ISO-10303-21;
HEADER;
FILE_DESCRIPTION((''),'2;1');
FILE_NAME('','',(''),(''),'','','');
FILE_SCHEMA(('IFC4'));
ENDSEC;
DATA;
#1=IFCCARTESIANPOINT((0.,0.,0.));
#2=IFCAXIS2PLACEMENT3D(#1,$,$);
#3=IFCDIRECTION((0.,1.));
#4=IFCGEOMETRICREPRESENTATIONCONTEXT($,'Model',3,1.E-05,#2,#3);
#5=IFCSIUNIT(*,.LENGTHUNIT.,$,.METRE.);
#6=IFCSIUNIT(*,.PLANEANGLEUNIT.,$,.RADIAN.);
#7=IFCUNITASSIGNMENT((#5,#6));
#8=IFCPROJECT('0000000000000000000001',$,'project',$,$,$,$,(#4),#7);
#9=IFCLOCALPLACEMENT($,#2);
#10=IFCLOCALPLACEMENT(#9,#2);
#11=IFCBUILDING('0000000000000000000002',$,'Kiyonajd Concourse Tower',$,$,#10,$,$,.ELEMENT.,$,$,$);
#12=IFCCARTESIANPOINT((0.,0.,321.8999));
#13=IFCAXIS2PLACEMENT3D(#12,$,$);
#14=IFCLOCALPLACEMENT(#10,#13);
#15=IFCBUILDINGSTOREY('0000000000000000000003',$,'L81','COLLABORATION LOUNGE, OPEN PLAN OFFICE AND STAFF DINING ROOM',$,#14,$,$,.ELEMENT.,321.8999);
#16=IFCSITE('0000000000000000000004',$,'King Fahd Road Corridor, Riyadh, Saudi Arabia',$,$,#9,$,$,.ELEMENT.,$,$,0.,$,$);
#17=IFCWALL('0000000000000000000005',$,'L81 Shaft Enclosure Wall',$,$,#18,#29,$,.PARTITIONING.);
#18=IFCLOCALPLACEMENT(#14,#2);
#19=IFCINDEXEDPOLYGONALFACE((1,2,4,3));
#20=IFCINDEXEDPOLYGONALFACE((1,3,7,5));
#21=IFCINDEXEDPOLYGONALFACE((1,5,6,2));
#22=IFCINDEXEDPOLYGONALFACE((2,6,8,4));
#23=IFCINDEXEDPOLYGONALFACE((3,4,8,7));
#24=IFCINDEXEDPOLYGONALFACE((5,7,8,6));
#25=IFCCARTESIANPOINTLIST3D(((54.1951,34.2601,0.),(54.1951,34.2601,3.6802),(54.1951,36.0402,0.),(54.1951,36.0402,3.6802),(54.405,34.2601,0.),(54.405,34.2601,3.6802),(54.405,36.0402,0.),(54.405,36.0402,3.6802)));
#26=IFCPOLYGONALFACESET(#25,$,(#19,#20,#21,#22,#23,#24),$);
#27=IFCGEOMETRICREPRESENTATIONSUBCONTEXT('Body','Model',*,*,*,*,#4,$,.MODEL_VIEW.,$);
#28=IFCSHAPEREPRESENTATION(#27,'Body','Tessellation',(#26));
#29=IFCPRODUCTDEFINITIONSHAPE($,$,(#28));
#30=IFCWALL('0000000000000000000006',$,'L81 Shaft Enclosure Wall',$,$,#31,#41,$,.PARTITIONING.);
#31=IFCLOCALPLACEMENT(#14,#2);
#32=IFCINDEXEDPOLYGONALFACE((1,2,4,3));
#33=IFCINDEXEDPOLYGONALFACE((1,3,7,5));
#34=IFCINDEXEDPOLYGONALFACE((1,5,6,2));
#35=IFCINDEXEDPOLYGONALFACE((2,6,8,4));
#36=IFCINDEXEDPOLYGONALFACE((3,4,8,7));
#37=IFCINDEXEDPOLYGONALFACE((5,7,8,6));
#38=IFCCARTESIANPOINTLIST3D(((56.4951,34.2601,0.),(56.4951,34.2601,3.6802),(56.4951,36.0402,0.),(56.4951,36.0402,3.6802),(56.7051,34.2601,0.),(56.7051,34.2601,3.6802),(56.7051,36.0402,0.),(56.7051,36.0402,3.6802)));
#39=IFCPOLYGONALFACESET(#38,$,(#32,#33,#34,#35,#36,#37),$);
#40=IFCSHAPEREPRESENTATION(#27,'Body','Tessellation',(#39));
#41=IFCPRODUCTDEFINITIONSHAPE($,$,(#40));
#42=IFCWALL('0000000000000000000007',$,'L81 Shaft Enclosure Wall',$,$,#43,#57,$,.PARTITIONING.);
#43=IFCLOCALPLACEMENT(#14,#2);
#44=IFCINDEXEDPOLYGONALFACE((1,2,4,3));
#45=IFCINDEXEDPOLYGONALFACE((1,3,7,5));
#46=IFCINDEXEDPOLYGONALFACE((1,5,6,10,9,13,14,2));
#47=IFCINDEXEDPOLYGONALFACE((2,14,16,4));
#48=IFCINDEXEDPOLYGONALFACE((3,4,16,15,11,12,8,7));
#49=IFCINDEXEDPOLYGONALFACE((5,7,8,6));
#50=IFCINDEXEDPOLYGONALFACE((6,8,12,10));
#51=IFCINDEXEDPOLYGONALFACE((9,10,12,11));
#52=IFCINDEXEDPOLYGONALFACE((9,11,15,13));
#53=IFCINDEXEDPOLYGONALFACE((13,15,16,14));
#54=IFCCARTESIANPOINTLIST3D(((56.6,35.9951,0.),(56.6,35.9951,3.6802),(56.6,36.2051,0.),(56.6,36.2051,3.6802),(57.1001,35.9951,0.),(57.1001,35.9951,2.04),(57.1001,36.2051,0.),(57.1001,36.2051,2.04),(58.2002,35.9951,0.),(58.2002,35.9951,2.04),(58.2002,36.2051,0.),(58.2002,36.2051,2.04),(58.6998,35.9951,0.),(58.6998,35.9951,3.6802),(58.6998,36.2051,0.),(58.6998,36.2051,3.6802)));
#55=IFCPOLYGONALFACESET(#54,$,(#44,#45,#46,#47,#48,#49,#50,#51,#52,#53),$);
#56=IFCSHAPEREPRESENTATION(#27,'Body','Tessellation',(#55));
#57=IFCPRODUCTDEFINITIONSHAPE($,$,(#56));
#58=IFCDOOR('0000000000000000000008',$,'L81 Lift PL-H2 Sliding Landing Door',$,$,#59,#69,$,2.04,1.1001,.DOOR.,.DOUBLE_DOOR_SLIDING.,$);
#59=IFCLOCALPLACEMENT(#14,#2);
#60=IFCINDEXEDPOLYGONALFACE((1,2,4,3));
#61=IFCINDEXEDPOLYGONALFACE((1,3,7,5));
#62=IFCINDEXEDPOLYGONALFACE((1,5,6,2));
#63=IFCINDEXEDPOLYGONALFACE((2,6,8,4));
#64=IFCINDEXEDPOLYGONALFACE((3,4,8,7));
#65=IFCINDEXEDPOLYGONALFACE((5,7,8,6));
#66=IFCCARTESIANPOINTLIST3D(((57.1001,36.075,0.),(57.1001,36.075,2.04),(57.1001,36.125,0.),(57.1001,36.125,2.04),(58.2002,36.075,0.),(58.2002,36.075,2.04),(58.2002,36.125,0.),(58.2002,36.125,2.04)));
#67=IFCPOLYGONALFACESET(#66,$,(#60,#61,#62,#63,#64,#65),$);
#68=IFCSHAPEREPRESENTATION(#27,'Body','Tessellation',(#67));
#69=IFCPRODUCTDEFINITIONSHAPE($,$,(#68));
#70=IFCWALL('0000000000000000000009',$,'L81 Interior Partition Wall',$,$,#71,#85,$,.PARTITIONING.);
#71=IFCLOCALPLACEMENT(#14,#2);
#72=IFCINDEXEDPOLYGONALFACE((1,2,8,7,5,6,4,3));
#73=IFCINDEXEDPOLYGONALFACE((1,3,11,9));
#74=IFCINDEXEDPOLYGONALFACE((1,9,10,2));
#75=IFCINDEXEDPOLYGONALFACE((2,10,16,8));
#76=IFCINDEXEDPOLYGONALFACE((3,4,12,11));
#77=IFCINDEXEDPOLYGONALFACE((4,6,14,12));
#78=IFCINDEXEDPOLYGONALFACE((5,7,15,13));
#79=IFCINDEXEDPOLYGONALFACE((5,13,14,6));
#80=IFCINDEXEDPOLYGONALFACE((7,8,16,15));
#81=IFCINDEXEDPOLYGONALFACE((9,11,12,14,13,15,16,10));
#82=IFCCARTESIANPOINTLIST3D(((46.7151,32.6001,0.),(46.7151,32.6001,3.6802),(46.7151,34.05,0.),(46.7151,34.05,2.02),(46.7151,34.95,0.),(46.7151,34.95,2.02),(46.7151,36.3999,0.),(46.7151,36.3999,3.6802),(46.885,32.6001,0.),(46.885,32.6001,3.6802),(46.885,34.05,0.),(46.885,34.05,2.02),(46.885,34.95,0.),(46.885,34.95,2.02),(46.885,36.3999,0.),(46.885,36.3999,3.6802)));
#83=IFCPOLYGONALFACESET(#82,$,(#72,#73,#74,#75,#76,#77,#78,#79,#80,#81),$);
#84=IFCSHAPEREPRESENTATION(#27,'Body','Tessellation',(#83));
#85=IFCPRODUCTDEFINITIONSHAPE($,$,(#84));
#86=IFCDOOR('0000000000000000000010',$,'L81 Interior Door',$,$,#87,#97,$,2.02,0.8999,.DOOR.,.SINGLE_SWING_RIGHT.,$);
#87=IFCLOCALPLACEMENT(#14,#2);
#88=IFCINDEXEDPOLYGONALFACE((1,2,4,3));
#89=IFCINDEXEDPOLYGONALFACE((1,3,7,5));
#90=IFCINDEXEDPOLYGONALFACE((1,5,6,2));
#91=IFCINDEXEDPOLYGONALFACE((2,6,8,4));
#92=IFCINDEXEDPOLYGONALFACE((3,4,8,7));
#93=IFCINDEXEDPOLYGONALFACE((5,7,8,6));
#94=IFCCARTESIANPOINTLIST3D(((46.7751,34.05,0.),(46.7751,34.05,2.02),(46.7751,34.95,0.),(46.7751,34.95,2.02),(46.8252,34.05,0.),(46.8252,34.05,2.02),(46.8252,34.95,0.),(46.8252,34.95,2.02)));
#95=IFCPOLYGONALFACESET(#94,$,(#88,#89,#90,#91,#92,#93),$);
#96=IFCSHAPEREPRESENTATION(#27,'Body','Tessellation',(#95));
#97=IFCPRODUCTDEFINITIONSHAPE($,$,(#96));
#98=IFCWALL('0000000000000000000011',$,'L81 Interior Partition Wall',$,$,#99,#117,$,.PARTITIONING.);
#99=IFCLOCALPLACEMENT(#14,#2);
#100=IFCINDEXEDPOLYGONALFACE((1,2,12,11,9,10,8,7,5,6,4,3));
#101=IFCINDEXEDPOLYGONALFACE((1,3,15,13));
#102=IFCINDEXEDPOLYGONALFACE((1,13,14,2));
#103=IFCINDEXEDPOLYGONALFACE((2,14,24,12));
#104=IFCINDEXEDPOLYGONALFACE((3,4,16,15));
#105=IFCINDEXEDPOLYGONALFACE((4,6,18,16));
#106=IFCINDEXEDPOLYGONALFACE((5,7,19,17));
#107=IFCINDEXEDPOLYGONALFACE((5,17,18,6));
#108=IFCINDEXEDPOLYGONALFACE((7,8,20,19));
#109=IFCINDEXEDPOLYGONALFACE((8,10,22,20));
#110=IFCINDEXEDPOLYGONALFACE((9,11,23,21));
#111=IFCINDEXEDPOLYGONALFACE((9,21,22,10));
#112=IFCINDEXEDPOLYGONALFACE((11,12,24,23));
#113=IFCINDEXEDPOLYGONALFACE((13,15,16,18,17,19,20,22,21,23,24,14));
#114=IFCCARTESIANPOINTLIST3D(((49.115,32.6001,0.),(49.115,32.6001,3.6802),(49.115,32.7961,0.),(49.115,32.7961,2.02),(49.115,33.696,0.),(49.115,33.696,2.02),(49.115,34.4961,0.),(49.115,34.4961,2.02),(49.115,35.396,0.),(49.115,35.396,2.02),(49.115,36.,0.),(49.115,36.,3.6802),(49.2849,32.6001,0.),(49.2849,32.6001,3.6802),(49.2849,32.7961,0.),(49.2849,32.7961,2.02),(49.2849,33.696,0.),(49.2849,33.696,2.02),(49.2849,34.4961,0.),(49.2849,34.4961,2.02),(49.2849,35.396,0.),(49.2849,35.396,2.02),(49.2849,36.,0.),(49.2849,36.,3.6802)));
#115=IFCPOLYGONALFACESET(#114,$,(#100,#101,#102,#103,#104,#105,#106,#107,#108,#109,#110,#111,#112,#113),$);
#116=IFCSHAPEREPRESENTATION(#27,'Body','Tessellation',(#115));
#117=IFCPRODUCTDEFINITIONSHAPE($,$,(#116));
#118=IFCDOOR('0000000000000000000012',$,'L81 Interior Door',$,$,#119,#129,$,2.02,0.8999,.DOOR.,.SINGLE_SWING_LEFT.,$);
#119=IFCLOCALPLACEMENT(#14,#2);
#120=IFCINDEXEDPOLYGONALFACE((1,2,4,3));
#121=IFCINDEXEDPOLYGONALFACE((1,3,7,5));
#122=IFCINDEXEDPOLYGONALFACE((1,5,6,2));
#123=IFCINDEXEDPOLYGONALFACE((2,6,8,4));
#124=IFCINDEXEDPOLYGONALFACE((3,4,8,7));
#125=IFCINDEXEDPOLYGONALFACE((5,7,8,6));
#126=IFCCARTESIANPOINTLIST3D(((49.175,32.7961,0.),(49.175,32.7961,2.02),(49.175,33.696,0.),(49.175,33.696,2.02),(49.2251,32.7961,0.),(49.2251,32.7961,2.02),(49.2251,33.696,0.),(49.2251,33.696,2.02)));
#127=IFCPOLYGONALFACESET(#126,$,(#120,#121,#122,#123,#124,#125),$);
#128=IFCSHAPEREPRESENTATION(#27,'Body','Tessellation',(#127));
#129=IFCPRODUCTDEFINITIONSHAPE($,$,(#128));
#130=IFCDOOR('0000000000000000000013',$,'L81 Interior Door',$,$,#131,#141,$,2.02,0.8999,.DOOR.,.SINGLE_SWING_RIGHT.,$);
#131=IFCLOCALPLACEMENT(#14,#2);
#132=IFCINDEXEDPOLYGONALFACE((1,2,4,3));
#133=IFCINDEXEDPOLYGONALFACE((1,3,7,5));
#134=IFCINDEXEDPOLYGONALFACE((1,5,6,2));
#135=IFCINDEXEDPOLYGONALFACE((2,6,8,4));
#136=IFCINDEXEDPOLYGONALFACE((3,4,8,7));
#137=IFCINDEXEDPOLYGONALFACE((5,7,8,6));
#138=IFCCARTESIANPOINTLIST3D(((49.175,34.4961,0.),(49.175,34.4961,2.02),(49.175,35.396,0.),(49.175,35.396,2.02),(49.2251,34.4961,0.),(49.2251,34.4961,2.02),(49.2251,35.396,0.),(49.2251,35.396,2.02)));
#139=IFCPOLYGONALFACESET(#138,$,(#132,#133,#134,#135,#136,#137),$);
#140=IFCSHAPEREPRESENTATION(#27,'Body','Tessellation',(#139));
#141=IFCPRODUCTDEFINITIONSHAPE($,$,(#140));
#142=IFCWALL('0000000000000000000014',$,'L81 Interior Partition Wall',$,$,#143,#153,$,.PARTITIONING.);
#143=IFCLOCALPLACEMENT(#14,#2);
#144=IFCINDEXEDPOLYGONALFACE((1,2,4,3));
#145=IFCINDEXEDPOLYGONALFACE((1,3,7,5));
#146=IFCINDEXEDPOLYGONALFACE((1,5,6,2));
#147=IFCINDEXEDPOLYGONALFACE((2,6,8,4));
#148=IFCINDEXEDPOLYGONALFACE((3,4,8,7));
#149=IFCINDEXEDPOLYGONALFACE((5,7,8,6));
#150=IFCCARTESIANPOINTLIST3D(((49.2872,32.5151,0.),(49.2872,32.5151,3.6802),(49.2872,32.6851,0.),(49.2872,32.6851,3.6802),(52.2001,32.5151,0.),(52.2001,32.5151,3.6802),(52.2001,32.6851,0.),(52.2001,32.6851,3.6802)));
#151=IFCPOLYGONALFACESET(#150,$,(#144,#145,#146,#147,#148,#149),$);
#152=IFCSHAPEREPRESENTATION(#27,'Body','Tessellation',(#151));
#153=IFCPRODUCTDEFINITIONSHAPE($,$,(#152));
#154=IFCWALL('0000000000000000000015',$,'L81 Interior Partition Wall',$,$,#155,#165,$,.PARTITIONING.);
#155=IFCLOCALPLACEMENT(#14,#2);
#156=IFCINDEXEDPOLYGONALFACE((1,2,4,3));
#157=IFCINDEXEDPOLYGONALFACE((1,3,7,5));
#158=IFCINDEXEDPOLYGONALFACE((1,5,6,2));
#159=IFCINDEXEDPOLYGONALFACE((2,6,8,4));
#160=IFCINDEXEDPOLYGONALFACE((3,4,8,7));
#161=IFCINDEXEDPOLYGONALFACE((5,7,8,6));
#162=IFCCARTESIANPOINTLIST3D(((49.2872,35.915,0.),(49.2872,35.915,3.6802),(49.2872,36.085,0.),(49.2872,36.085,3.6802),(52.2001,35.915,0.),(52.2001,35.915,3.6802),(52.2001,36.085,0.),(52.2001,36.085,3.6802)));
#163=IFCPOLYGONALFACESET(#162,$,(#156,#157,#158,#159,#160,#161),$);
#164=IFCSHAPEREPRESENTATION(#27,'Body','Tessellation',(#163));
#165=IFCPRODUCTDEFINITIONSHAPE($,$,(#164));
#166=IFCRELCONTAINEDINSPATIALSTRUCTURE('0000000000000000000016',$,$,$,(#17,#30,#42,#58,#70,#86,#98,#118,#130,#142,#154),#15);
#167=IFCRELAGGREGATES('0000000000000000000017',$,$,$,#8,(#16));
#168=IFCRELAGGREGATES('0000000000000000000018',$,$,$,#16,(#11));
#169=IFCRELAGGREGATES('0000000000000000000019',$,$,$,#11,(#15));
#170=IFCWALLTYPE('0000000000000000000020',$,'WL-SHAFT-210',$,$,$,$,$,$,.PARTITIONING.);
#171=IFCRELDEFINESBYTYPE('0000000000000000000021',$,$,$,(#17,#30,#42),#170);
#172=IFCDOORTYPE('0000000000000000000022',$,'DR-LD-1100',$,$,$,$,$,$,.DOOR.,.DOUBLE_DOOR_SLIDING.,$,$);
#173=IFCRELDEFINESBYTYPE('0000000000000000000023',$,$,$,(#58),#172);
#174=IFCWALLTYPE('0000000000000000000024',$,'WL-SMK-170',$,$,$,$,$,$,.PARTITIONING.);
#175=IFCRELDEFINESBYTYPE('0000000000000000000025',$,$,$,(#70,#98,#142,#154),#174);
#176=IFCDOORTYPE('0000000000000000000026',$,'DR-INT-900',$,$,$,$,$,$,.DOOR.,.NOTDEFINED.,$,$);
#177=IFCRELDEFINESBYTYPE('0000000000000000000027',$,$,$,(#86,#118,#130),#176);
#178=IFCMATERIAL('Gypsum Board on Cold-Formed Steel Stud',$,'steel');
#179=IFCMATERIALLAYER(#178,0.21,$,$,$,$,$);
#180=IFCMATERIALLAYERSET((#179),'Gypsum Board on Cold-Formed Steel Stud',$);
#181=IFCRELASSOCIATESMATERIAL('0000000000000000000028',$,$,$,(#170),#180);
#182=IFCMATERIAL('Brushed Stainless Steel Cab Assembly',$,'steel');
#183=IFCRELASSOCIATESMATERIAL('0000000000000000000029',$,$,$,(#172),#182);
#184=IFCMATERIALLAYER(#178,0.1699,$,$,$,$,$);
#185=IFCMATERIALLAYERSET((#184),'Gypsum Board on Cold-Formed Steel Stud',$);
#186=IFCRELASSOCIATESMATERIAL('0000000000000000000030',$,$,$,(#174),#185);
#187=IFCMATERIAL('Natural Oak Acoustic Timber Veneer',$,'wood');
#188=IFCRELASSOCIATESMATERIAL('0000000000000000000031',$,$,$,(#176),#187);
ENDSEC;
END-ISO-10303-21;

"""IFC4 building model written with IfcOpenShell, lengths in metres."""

from ifc_helpers import new_model, si_unit, direction, frame, frame_2d, origin, place, context, subcontext, project, spatial, rectangle, extrude, material, layer, layer_set, type_object, element, fill, save


model = new_model("IFC4")

# Units and contexts
model_context = context("Model", 3, precision=1e-05, world=origin(), true_north=direction((0.0, 1.0)))
body_context = subcontext(model_context, "Body", "Model", "MODEL_VIEW")
ifc_project = project(units=[si_unit("LENGTHUNIT", "METRE"), si_unit("PLANEANGLEUNIT", "RADIAN")], contexts=[model_context])

# Site, building, storey
site_placement = place(None, origin())
site = spatial("IfcSite", under=ifc_project, at=site_placement, Name="King Fahd Road Corridor, Riyadh, Saudi Arabia", CompositionType="ELEMENT", RefElevation=0.0)
building_placement = place(site_placement, origin())
building = spatial("IfcBuilding", under=site, at=building_placement, Name="Kiyonajd Concourse Tower", CompositionType="ELEMENT")
storey_placement = place(building_placement, frame((0.0, 0.0, 321.8999)))
storey = spatial("IfcBuildingStorey", under=building, at=storey_placement, Name="L81", Description="COLLABORATION LOUNGE, OPEN PLAN OFFICE AND STAFF DINING ROOM", CompositionType="ELEMENT", Elevation=321.8999)

# Shared definitions
ifc_material_1 = material(Name="Gypsum Board on Cold-Formed Steel Stud", Category="steel")

# Shared definitions
ifc_layer_1 = layer(ifc_material_1, 0.21)
ifc_layer_set_1 = layer_set([ifc_layer_1], Name="Gypsum Board on Cold-Formed Steel Stud")
wall_type_1 = type_object("IfcWallType", Name="WL-SHAFT-210", PredefinedType="PARTITIONING", material=ifc_layer_set_1)
ifc_material_2 = material(Name="Brushed Stainless Steel Cab Assembly", Category="steel")

# Shared definitions
door_type_1 = type_object("IfcDoorType", Name="DR-LD-1100", OperationType="DOUBLE_DOOR_SLIDING", PredefinedType="DOOR", material=ifc_material_2)

# Walls
for number, where, z_axis, x_axis, name in (
    (1, (54.3, 34.26, 0.0), (0.0, 0.0, 1.0), (0.0, 1.0, 0.0), "L81 Shaft Enclosure Wall"),
    (2, (56.6001, 34.26, 0.0), (0.0, 0.0, 1.0), (0.0, 1.0, 0.0), "L81 Shaft Enclosure Wall"),
):
    element("IfcWall", number, at=place(storey_placement, frame(where, z_axis=z_axis, x_axis=x_axis)), inside=storey, type_object=wall_type_1, Name=name, PredefinedType="PARTITIONING", context=body_context, shape_type="SweptSolid", body=[
        extrude(rectangle(XDim=1.78, YDim=0.21, at=frame_2d((0.8901, 0.0))), origin(), (0.0, 0.0, 1.0), 3.6802),
    ])

# Walls, openings, doors
wall_1_placement = place(storey_placement, frame((56.6001, 36.1001, 0.0), z_axis=(0.0, 0.0, 1.0), x_axis=(1.0, 0.0, 0.0)))
wall_1 = element("IfcWall", 3, at=wall_1_placement, inside=storey, type_object=wall_type_1, Name="L81 Shaft Enclosure Wall", PredefinedType="PARTITIONING", context=body_context, shape_type="SweptSolid", body=[
    extrude(rectangle(XDim=2.0999, YDim=0.21, at=frame_2d((1.0498, 0.0))), origin(), (0.0, 0.0, 1.0), 3.6802),
])
opening_1_placement = place(wall_1_placement, frame((0.5, 0.0, 0.0)))
opening_1 = element("IfcOpeningElement", 4, at=opening_1_placement, cuts=wall_1, PredefinedType="OPENING", context=body_context, shape_type="SweptSolid", body=[
    extrude(rectangle(XDim=1.1001, YDim=2.04, at=frame_2d((0.55, 1.02))), frame((0.0, 0.115, 0.0), z_axis=(0.0, -1.0, 0.0), x_axis=(1.0, 0.0, 0.0)), (0.0, 0.0, 1.0), 0.23),
])
door_1_placement = place(opening_1_placement, origin())
door_1 = element("IfcDoor", 5, at=door_1_placement, inside=storey, type_object=door_type_1, Name="L81 Lift PL-H2 Sliding Landing Door", OperationType="DOUBLE_DOOR_SLIDING", OverallHeight=2.04, OverallWidth=1.1001, PredefinedType="DOOR", context=body_context, shape_type="SweptSolid", body=[
    extrude(rectangle(XDim=1.1001, YDim=2.04, at=frame_2d((0.55, 1.02))), frame((0.0, 0.0249, 0.0), z_axis=(0.0, -1.0, 0.0), x_axis=(1.0, 0.0, 0.0)), (0.0, 0.0, 1.0), 0.05),
])
fill(opening_1, door_1)
ifc_layer_2 = layer(ifc_material_1, 0.1699)
ifc_layer_set_2 = layer_set([ifc_layer_2], Name="Gypsum Board on Cold-Formed Steel Stud")
wall_type_2 = type_object("IfcWallType", Name="WL-SMK-170", PredefinedType="PARTITIONING", material=ifc_layer_set_2)
wall_2_placement = place(storey_placement, frame((46.8, 32.6001, 0.0), z_axis=(0.0, 0.0, 1.0), x_axis=(0.0, 1.0, 0.0)))
wall_2 = element("IfcWall", 6, at=wall_2_placement, inside=storey, type_object=wall_type_2, Name="L81 Interior Partition Wall", PredefinedType="PARTITIONING", context=body_context, shape_type="SweptSolid", body=[
    extrude(rectangle(XDim=3.7998, YDim=0.1699, at=frame_2d((1.8999, 0.0))), origin(), (0.0, 0.0, 1.0), 3.6802),
])
opening_2_placement = place(wall_2_placement, frame((1.45, 0.0, 0.0)))
opening_2 = element("IfcOpeningElement", 7, at=opening_2_placement, cuts=wall_2, PredefinedType="OPENING", context=body_context, shape_type="SweptSolid", body=[
    extrude(rectangle(XDim=0.8999, YDim=2.02, at=frame_2d((0.45, 1.01))), frame((0.0, 0.095, 0.0), z_axis=(0.0, -1.0, 0.0), x_axis=(1.0, 0.0, 0.0)), (0.0, 0.0, 1.0), 0.1899),
])
ifc_material_3 = material(Name="Natural Oak Acoustic Timber Veneer", Category="wood")
door_type_2 = type_object("IfcDoorType", Name="DR-INT-900", OperationType="NOTDEFINED", PredefinedType="DOOR", material=ifc_material_3)
door_2_placement = place(opening_2_placement, origin())
door_2 = element("IfcDoor", 8, at=door_2_placement, inside=storey, type_object=door_type_2, Name="L81 Interior Door", OperationType="SINGLE_SWING_RIGHT", OverallHeight=2.02, OverallWidth=0.8999, PredefinedType="DOOR", context=body_context, shape_type="SweptSolid", body=[
    extrude(rectangle(XDim=0.8999, YDim=2.02, at=frame_2d((0.45, 1.01))), frame((0.0, 0.0249, 0.0), z_axis=(0.0, -1.0, 0.0), x_axis=(1.0, 0.0, 0.0)), (0.0, 0.0, 1.0), 0.05),
])
fill(opening_2, door_2)

# Wall, openings, doors
wall_3_placement = place(storey_placement, frame((49.2, 32.6001, 0.0), z_axis=(0.0, 0.0, 1.0), x_axis=(0.0, 1.0, 0.0)))
wall_3 = element("IfcWall", 9, at=wall_3_placement, inside=storey, type_object=wall_type_2, Name="L81 Interior Partition Wall", PredefinedType="PARTITIONING", context=body_context, shape_type="SweptSolid", body=[
    extrude(rectangle(XDim=3.3999, YDim=0.1699, at=frame_2d((1.7, 0.0))), origin(), (0.0, 0.0, 1.0), 3.6802),
])
opening_3_placement = place(wall_3_placement, frame((0.196, 0.0, 0.0)))
opening_3 = element("IfcOpeningElement", 10, at=opening_3_placement, cuts=wall_3, PredefinedType="OPENING", context=body_context, shape_type="SweptSolid", body=[
    extrude(rectangle(XDim=0.8999, YDim=2.02, at=frame_2d((0.45, 1.01))), frame((0.0, 0.095, 0.0), z_axis=(0.0, -1.0, 0.0), x_axis=(1.0, 0.0, 0.0)), (0.0, 0.0, 1.0), 0.1899),
])
opening_4_placement = place(wall_3_placement, frame((1.896, 0.0, 0.0)))
opening_4 = element("IfcOpeningElement", 11, at=opening_4_placement, cuts=wall_3, PredefinedType="OPENING", context=body_context, shape_type="SweptSolid", body=[
    extrude(rectangle(XDim=0.8999, YDim=2.02, at=frame_2d((0.45, 1.01))), frame((0.0, 0.095, 0.0), z_axis=(0.0, -1.0, 0.0), x_axis=(1.0, 0.0, 0.0)), (0.0, 0.0, 1.0), 0.1899),
])
door_3_placement = place(opening_3_placement, origin())
door_3 = element("IfcDoor", 12, at=door_3_placement, inside=storey, type_object=door_type_2, Name="L81 Interior Door", OperationType="SINGLE_SWING_LEFT", OverallHeight=2.02, OverallWidth=0.8999, PredefinedType="DOOR", context=body_context, shape_type="SweptSolid", body=[
    extrude(rectangle(XDim=0.8999, YDim=2.02, at=frame_2d((0.45, 1.01))), frame((0.0, 0.0249, 0.0), z_axis=(0.0, -1.0, 0.0), x_axis=(1.0, 0.0, 0.0)), (0.0, 0.0, 1.0), 0.05),
])
fill(opening_3, door_3)
door_4_placement = place(opening_4_placement, origin())
door_4 = element("IfcDoor", 13, at=door_4_placement, inside=storey, type_object=door_type_2, Name="L81 Interior Door", OperationType="SINGLE_SWING_RIGHT", OverallHeight=2.02, OverallWidth=0.8999, PredefinedType="DOOR", context=body_context, shape_type="SweptSolid", body=[
    extrude(rectangle(XDim=0.8999, YDim=2.02, at=frame_2d((0.45, 1.01))), frame((0.0, 0.0249, 0.0), z_axis=(0.0, -1.0, 0.0), x_axis=(1.0, 0.0, 0.0)), (0.0, 0.0, 1.0), 0.05),
])
fill(opening_4, door_4)

# Walls
for number, where, z_axis, x_axis, name in (
    (14, (49.2871, 32.6001, 0.0), (0.0, 0.0, 1.0), (1.0, 0.0, 0.0), "L81 Interior Partition Wall"),
    (15, (49.2871, 36.0, 0.0), (0.0, 0.0, 1.0), (1.0, 0.0, 0.0), "L81 Interior Partition Wall"),
):
    element("IfcWall", number, at=place(storey_placement, frame(where, z_axis=z_axis, x_axis=x_axis)), inside=storey, type_object=wall_type_2, Name=name, PredefinedType="PARTITIONING", context=body_context, shape_type="SweptSolid", body=[
        extrude(rectangle(XDim=2.9128, YDim=0.1699, at=frame_2d((1.4565, 0.0))), origin(), (0.0, 0.0, 1.0), 3.6802),
    ])

save(model, "model.ifc")
